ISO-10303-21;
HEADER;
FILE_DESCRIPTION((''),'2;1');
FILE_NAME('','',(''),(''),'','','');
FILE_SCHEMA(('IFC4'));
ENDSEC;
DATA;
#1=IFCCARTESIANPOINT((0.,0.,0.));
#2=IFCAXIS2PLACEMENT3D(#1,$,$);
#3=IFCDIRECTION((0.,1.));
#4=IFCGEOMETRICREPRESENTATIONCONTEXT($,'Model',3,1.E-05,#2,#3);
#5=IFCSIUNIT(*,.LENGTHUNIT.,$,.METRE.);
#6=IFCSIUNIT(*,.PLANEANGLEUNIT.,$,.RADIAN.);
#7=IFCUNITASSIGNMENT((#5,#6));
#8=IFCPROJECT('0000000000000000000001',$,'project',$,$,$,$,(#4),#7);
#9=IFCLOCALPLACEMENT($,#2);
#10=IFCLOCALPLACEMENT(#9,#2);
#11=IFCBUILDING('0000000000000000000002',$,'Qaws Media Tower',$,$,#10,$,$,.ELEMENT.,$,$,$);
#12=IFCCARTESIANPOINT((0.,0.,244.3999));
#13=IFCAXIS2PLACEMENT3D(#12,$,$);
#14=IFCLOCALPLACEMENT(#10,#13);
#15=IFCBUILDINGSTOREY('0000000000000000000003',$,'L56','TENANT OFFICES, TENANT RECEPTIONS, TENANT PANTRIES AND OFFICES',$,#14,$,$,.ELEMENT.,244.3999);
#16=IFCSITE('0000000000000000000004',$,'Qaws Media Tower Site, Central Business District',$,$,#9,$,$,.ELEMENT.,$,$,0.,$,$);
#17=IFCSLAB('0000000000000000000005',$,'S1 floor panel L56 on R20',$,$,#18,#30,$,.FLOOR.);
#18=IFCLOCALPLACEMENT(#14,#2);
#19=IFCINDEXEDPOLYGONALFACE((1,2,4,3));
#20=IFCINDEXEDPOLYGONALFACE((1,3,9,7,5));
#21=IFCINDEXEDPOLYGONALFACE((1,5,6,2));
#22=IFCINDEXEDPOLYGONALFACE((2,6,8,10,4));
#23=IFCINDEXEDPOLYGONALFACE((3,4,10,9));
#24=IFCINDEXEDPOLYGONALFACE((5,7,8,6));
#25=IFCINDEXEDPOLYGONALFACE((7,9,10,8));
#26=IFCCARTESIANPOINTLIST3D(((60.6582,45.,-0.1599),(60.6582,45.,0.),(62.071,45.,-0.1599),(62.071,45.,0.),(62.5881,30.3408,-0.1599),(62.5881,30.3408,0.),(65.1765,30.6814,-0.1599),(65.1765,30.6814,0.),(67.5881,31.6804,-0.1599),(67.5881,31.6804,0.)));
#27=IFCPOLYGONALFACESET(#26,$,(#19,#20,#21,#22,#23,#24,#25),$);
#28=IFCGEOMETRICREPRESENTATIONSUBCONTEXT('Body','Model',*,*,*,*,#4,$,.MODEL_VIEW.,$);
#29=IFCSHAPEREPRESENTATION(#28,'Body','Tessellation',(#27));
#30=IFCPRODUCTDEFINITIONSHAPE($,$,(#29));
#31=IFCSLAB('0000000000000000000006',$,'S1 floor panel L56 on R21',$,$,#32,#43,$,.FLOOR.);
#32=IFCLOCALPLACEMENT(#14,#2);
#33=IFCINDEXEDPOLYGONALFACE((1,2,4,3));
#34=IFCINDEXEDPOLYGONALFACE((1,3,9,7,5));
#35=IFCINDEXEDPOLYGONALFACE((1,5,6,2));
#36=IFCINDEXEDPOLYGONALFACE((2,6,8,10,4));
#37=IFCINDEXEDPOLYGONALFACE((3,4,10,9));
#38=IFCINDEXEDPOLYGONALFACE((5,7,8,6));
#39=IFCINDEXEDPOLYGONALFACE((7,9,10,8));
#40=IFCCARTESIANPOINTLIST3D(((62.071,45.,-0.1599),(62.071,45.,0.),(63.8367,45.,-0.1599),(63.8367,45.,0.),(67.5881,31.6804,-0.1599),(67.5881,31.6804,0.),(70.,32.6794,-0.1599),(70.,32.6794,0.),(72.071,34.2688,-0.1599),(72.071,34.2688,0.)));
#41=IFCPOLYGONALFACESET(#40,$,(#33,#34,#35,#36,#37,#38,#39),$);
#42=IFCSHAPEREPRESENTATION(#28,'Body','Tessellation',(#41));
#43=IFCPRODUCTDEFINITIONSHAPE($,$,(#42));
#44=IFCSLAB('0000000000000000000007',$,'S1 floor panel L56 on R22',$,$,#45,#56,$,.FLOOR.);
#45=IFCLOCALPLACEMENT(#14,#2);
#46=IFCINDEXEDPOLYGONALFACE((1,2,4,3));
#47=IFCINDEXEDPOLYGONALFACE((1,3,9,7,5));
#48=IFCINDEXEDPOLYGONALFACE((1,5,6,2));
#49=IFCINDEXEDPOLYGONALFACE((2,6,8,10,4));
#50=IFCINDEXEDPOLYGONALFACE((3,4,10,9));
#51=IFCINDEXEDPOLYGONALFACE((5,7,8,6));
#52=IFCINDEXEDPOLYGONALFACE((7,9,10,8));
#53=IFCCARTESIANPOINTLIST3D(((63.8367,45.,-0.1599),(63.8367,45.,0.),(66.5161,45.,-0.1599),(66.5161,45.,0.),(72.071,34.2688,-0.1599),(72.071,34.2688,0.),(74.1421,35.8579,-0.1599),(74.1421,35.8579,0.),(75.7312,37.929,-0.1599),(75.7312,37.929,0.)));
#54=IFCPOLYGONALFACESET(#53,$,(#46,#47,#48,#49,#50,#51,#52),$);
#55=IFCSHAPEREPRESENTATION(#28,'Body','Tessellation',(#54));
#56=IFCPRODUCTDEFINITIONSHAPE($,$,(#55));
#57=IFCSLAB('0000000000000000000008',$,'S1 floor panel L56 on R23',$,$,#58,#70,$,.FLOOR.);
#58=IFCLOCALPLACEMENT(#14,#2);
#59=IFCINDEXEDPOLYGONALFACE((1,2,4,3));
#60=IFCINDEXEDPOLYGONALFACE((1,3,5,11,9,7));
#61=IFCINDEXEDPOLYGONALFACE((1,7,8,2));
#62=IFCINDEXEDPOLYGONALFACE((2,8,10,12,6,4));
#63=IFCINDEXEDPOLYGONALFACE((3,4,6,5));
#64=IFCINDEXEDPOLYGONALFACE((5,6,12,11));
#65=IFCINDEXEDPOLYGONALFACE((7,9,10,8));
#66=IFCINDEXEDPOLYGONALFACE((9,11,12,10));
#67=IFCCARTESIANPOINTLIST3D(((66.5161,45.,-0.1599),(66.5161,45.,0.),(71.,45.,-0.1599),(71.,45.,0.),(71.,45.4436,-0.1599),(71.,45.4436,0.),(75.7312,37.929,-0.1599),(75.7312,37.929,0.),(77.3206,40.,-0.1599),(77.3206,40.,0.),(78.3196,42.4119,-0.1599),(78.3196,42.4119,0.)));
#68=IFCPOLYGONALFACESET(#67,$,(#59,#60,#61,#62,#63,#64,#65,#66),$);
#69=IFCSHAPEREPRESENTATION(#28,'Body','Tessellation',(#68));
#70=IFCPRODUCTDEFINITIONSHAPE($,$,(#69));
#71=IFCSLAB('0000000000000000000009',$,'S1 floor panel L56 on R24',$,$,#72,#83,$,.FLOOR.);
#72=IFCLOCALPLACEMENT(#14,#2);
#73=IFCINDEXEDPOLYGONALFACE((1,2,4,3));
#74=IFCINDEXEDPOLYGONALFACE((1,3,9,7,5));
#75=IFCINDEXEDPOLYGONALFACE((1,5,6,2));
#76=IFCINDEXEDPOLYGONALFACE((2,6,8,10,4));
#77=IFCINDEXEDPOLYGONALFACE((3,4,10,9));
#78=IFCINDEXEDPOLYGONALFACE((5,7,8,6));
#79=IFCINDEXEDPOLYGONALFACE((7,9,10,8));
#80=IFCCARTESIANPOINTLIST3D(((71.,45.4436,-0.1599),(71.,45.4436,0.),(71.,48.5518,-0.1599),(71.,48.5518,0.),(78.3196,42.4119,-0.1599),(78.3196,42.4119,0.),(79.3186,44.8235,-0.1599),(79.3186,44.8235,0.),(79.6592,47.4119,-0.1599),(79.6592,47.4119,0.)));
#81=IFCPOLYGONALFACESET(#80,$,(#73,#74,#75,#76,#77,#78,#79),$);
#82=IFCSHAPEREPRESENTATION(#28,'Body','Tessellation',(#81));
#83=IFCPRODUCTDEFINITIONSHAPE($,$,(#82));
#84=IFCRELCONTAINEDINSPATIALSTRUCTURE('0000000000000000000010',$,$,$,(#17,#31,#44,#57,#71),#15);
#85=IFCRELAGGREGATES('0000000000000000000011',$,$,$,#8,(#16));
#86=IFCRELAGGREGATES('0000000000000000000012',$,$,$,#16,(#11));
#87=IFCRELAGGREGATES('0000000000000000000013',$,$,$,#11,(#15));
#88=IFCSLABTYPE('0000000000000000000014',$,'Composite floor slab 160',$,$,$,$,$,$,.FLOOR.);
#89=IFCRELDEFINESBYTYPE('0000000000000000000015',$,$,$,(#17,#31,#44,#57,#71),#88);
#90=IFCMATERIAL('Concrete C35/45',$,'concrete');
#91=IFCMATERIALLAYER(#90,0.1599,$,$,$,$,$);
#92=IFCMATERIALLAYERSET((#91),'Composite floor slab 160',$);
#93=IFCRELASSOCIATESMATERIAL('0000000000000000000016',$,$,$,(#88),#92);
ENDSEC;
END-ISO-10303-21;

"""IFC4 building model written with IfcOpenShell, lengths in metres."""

from ifc_helpers import new_model, si_unit, direction, frame, origin, place, context, subcontext, project, spatial, polyline, outline, extrude, material, layer, layer_set, type_object, element, save


model = new_model("IFC4")

# Units and contexts
model_context = context("Model", 3, precision=1e-05, world=origin(), true_north=direction((0.0, 1.0)))
body_context = subcontext(model_context, "Body", "Model", "MODEL_VIEW")
ifc_project = project(units=[si_unit("LENGTHUNIT", "METRE"), si_unit("PLANEANGLEUNIT", "RADIAN")], contexts=[model_context])

# Site, building, storey
site_placement = place(None, origin())
site = spatial("IfcSite", under=ifc_project, at=site_placement, Name="Qaws Media Tower Site, Central Business District", CompositionType="ELEMENT", RefElevation=0.0)
building_placement = place(site_placement, origin())
building = spatial("IfcBuilding", under=site, at=building_placement, Name="Qaws Media Tower", CompositionType="ELEMENT")
storey_placement = place(building_placement, frame((0.0, 0.0, 244.3999)))
storey = spatial("IfcBuildingStorey", under=building, at=storey_placement, Name="L56", Description="TENANT OFFICES, TENANT RECEPTIONS, TENANT PANTRIES AND OFFICES", CompositionType="ELEMENT", Elevation=244.3999)

# Slabs
ifc_material_1 = material(Name="Concrete C35/45", Category="concrete")
ifc_layer_1 = layer(ifc_material_1, 0.1599)
ifc_layer_set_1 = layer_set([ifc_layer_1], Name="Composite floor slab 160")
slab_type_1 = type_object("IfcSlabType", Name="Composite floor slab 160", PredefinedType="FLOOR", material=ifc_layer_set_1)
slab_1_placement = place(storey_placement, frame((0.0, 0.0, -0.1599)))
element("IfcSlab", 1, at=slab_1_placement, inside=storey, type_object=slab_type_1, Name="S1 floor panel L56 on R20", PredefinedType="FLOOR", context=body_context, shape_type="SweptSolid", body=[
    extrude(outline(polyline([(65.1765, 30.6814), (62.5881, 30.3408), (60.6582, 45.0), (62.071, 45.0), (67.5881, 31.6804), (65.1765, 30.6814)])), origin(), (0.0, 0.0, 1.0), 0.1599),
])
slab_2_placement = place(storey_placement, frame((0.0, 0.0, -0.1599)))
element("IfcSlab", 2, at=slab_2_placement, inside=storey, type_object=slab_type_1, Name="S1 floor panel L56 on R21", PredefinedType="FLOOR", context=body_context, shape_type="SweptSolid", body=[
    extrude(outline(polyline([(70.0, 32.6794), (67.5881, 31.6804), (62.071, 45.0), (63.8367, 45.0), (72.071, 34.2688), (70.0, 32.6794)])), origin(), (0.0, 0.0, 1.0), 0.1599),
])
slab_3_placement = place(storey_placement, frame((0.0, 0.0, -0.1599)))
element("IfcSlab", 3, at=slab_3_placement, inside=storey, type_object=slab_type_1, Name="S1 floor panel L56 on R22", PredefinedType="FLOOR", context=body_context, shape_type="SweptSolid", body=[
    extrude(outline(polyline([(74.1421, 35.8579), (72.071, 34.2688), (63.8367, 45.0), (66.5161, 45.0), (75.7312, 37.929), (74.1421, 35.8579)])), origin(), (0.0, 0.0, 1.0), 0.1599),
])
slab_4_placement = place(storey_placement, frame((0.0, 0.0, -0.1599)))
element("IfcSlab", 4, at=slab_4_placement, inside=storey, type_object=slab_type_1, Name="S1 floor panel L56 on R23", PredefinedType="FLOOR", context=body_context, shape_type="SweptSolid", body=[
    extrude(outline(polyline([(77.3206, 40.0), (75.7312, 37.929), (66.5161, 45.0), (71.0, 45.0), (71.0, 45.4436), (78.3196, 42.4119), (77.3206, 40.0)])), origin(), (0.0, 0.0, 1.0), 0.1599),
])
slab_5_placement = place(storey_placement, frame((0.0, 0.0, -0.1599)))
element("IfcSlab", 5, at=slab_5_placement, inside=storey, type_object=slab_type_1, Name="S1 floor panel L56 on R24", PredefinedType="FLOOR", context=body_context, shape_type="SweptSolid", body=[
    extrude(outline(polyline([(78.3196, 42.4119), (71.0, 45.4436), (71.0, 48.5518), (79.6592, 47.4119), (79.3186, 44.8235), (78.3196, 42.4119)])), origin(), (0.0, 0.0, 1.0), 0.1599),
])

save(model, "model.ifc")
